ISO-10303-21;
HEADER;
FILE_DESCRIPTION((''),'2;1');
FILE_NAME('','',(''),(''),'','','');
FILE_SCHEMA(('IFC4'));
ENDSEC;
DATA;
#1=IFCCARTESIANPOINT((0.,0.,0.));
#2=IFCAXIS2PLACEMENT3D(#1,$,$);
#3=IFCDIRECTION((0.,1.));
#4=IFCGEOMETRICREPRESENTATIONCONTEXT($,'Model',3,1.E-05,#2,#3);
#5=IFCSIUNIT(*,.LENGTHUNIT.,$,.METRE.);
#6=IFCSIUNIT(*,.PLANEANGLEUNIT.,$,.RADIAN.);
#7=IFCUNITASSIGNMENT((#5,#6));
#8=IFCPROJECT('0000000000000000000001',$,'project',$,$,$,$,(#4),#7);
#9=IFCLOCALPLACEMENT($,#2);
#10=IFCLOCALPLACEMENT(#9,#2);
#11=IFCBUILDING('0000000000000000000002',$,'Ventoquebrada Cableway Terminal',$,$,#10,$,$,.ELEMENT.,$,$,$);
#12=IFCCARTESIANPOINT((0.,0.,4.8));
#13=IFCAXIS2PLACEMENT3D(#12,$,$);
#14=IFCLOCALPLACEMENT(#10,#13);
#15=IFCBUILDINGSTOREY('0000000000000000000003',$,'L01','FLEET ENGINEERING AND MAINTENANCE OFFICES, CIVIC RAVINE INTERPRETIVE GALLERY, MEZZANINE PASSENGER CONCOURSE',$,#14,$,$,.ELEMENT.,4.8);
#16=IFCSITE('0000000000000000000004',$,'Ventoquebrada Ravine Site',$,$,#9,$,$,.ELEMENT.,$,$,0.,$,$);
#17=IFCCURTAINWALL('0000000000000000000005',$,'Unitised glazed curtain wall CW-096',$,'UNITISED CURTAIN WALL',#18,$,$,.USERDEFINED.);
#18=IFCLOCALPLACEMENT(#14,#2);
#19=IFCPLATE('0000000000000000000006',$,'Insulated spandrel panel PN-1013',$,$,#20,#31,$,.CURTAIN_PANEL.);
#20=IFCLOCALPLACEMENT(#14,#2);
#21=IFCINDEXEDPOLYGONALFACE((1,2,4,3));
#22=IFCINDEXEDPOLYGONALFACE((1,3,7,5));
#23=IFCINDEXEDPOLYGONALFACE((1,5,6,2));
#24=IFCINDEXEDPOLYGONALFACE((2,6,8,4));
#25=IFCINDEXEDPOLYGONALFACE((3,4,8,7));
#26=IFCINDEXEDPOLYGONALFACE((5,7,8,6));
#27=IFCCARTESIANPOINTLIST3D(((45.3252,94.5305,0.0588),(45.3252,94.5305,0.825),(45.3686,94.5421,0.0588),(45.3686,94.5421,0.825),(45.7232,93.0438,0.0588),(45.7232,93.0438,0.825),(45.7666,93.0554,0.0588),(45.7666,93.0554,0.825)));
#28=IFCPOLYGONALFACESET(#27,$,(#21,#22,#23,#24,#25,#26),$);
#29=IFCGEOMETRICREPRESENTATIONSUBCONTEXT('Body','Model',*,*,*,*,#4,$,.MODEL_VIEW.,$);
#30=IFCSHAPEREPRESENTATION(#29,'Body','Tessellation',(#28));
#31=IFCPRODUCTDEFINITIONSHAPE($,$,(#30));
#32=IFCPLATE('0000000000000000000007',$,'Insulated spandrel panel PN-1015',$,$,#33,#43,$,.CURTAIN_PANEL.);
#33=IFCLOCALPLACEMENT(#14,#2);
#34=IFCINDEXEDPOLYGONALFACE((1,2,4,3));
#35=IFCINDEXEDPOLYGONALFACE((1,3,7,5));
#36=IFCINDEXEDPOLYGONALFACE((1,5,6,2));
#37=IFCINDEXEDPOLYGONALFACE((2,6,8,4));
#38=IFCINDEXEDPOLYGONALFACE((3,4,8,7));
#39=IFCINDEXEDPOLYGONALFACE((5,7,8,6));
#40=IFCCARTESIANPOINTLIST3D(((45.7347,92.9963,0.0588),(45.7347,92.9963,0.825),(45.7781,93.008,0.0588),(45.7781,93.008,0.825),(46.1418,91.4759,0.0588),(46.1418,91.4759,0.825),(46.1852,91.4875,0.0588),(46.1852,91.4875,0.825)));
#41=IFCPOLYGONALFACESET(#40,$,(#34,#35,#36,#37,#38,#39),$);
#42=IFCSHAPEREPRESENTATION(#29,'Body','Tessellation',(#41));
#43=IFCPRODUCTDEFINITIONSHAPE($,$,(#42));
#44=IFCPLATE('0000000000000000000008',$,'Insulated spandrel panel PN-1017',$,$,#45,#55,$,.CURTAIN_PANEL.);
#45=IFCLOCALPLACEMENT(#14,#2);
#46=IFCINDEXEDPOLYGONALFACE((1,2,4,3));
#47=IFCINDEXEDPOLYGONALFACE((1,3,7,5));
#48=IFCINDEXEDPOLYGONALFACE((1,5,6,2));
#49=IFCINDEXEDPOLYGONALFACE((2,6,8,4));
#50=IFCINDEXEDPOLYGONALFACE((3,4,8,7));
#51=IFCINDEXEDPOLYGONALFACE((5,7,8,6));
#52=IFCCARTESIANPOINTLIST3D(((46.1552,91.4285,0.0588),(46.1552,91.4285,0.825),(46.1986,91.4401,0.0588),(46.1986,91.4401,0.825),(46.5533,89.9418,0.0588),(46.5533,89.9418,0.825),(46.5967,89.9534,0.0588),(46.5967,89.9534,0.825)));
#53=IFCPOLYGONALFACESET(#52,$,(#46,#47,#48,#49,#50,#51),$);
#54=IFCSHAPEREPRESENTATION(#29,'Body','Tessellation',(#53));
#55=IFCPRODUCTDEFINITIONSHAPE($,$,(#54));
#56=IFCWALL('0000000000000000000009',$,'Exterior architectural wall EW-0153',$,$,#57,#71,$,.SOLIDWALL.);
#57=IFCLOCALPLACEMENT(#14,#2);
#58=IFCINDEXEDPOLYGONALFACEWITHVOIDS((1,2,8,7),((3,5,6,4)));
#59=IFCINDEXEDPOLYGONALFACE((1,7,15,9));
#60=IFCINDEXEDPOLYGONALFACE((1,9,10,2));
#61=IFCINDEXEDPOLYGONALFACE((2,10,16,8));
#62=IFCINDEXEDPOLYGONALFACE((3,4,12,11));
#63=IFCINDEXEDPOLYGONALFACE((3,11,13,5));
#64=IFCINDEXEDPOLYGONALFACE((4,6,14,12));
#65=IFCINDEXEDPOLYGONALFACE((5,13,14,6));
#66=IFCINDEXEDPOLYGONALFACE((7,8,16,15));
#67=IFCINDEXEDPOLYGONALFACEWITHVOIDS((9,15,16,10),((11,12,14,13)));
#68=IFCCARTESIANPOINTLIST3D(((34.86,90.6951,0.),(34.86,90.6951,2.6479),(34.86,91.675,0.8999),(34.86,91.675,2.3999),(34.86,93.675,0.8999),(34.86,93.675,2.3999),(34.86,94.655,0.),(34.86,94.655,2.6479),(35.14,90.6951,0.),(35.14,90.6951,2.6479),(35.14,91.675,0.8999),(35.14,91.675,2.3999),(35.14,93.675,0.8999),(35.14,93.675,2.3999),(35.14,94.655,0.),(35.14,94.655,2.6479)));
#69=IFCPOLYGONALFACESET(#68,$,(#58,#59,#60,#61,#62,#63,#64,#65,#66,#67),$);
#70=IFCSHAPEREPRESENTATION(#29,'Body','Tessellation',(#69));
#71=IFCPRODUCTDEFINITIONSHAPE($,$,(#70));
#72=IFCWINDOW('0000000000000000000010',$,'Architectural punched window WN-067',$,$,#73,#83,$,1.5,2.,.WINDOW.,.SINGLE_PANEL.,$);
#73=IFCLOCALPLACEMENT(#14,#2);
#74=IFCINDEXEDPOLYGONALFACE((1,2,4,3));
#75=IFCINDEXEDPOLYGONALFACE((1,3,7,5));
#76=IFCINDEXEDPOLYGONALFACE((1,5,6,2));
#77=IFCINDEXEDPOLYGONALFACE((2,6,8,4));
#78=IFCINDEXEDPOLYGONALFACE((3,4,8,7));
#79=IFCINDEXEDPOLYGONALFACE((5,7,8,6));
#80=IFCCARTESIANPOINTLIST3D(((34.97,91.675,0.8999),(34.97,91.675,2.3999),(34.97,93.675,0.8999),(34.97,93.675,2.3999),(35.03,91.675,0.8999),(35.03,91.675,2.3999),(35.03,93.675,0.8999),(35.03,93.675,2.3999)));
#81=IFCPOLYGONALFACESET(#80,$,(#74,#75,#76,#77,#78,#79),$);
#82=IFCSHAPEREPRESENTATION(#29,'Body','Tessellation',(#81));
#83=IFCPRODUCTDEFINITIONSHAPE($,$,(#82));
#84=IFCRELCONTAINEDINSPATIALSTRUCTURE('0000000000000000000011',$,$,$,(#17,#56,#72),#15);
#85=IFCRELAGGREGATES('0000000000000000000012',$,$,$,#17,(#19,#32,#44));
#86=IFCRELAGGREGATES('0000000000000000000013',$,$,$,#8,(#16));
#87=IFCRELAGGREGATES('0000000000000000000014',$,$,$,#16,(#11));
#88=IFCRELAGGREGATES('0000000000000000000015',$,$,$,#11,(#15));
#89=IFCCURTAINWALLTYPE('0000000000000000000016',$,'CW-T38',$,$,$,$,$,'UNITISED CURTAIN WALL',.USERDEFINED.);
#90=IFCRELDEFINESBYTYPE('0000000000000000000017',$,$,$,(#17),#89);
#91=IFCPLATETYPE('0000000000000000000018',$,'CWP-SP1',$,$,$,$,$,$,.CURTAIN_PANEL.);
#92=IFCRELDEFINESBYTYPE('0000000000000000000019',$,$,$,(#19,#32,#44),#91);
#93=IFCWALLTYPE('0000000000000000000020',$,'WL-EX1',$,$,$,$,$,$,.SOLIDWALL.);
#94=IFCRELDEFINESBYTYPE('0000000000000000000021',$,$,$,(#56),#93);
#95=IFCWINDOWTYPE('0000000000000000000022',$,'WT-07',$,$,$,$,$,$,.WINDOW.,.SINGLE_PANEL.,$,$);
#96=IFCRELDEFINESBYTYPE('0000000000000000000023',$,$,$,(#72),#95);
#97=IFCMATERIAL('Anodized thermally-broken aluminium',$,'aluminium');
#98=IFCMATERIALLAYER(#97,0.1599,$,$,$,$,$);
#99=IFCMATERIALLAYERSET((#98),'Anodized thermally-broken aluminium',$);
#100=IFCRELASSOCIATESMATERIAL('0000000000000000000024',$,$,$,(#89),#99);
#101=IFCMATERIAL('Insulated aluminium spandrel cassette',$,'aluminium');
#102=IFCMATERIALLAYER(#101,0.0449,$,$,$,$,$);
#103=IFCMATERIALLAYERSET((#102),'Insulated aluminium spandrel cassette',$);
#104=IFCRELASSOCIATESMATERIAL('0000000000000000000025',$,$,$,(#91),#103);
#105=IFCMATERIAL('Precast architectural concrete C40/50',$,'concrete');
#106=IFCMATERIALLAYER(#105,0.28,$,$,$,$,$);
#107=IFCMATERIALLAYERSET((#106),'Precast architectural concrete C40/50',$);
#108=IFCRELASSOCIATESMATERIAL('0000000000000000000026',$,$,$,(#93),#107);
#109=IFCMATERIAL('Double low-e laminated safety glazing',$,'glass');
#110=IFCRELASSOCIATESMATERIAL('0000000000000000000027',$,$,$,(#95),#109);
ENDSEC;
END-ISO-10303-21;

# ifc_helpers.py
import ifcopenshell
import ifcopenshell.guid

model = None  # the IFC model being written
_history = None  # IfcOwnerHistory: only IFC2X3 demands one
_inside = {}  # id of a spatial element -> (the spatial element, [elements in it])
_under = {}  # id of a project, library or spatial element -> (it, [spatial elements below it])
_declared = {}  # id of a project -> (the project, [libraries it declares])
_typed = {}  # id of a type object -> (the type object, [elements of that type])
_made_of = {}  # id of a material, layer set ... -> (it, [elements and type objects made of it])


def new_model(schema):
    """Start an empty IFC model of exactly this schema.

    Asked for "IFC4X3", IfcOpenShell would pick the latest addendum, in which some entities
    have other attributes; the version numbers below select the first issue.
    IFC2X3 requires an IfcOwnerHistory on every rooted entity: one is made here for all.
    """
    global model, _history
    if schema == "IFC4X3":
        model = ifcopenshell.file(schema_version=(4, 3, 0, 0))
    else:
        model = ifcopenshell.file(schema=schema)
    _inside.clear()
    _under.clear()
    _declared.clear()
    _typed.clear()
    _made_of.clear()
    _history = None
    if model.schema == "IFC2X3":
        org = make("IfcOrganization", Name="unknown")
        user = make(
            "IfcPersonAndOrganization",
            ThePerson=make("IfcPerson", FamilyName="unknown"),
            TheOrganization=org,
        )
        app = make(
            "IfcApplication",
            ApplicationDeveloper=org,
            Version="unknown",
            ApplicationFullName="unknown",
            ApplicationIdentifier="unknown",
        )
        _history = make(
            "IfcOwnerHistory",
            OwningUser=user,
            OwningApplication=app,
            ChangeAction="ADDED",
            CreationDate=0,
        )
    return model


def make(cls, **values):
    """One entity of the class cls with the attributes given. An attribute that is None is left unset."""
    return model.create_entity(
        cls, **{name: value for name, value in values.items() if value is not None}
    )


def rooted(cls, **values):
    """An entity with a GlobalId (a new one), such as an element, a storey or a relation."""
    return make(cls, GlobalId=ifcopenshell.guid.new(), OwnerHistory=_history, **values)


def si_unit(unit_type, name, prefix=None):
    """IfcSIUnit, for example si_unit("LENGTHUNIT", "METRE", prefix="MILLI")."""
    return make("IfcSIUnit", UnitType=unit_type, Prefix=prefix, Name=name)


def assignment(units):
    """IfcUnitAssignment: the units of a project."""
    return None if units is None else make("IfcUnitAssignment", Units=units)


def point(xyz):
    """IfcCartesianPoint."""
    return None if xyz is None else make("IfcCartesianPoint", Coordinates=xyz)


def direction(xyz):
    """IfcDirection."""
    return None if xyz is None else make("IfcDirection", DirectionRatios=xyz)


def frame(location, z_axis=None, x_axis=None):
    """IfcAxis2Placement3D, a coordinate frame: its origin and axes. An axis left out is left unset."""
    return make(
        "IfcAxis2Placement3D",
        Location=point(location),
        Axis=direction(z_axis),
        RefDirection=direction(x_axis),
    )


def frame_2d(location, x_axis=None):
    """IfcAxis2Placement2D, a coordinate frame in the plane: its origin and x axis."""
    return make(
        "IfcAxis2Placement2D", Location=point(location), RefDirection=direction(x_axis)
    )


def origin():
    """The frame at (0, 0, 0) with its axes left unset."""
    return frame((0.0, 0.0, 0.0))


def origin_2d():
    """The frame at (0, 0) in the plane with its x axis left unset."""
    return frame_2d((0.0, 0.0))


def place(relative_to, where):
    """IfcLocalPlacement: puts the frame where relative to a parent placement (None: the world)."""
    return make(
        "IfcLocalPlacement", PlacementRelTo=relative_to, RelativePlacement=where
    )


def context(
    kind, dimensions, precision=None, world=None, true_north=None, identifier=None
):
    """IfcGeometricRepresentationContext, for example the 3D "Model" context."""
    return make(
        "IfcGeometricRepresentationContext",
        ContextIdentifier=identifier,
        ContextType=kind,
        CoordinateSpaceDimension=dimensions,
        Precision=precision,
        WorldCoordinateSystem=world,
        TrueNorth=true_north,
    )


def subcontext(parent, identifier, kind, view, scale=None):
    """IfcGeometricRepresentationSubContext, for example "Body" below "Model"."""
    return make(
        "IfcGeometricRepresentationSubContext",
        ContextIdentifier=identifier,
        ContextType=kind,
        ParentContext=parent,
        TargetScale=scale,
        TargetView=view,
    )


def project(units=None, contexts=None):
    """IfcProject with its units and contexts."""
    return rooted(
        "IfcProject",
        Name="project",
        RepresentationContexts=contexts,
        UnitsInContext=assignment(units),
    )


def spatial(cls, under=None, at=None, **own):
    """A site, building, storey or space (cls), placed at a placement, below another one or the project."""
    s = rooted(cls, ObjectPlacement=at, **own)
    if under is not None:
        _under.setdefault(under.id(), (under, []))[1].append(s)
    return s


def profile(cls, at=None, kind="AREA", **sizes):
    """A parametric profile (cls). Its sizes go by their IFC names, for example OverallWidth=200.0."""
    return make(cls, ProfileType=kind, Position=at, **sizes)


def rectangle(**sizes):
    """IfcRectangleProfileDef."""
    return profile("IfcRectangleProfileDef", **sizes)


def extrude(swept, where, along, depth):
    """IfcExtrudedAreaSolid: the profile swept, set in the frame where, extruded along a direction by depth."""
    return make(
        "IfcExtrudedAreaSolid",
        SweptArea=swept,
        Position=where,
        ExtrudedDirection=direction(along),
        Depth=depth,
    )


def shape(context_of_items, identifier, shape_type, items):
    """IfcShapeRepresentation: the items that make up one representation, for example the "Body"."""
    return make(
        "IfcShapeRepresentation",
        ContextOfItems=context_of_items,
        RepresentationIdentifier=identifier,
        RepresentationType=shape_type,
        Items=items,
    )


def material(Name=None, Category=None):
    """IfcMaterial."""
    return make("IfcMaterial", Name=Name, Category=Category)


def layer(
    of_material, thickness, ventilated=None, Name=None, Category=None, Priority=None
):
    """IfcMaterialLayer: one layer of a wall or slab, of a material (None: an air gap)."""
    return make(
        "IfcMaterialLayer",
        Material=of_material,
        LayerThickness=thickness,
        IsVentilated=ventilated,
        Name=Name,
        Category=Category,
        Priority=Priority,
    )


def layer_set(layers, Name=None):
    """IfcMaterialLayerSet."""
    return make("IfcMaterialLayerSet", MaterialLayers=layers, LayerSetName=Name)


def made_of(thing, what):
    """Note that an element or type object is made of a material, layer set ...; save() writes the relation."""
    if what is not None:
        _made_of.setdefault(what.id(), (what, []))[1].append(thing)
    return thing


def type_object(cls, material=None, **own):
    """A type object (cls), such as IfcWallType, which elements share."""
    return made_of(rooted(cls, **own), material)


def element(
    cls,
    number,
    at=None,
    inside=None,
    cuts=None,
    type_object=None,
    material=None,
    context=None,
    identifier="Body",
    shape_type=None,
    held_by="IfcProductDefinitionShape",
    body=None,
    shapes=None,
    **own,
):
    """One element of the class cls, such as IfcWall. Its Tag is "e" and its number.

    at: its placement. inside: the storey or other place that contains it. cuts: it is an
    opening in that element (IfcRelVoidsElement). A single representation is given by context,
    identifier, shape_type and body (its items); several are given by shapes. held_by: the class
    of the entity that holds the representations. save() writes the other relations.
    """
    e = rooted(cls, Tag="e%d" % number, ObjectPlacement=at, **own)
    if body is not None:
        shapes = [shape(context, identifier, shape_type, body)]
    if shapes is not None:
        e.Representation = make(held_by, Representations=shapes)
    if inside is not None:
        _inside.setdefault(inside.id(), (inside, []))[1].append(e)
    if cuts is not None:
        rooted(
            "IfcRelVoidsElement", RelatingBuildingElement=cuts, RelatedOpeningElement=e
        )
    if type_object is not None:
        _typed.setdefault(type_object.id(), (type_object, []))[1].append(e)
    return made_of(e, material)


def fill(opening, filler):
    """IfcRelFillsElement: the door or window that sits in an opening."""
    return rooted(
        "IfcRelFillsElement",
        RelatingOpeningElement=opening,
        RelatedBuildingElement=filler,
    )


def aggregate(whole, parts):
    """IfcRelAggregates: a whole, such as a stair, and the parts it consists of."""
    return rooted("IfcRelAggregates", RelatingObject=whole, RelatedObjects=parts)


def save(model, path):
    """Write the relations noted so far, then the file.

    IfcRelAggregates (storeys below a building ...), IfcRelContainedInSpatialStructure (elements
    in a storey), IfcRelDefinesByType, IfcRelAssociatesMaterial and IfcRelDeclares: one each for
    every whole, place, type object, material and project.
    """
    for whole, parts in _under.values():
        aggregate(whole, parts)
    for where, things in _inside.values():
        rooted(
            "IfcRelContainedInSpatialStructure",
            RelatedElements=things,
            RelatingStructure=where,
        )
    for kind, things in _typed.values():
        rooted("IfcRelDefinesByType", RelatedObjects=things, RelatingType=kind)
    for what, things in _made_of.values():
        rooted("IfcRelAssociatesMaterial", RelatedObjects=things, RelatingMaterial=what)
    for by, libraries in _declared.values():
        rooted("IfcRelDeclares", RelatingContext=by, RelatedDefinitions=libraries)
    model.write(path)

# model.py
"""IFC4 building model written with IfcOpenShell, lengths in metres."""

from ifc_helpers import new_model, si_unit, direction, frame, frame_2d, origin, origin_2d, place, context, subcontext, project, spatial, rectangle, extrude, material, layer, layer_set, type_object, element, fill, aggregate, save


model = new_model("IFC4")

# Units and contexts
model_context = context("Model", 3, precision=1e-05, world=origin(), true_north=direction((0.0, 1.0)))
body_context = subcontext(model_context, "Body", "Model", "MODEL_VIEW")
ifc_project = project(units=[si_unit("LENGTHUNIT", "METRE"), si_unit("PLANEANGLEUNIT", "RADIAN")], contexts=[model_context])

# Site, building, storey
site_placement = place(None, origin())
site = spatial("IfcSite", under=ifc_project, at=site_placement, Name="Ventoquebrada Ravine Site", CompositionType="ELEMENT", RefElevation=0.0)
building_placement = place(site_placement, origin())
building = spatial("IfcBuilding", under=site, at=building_placement, Name="Ventoquebrada Cableway Terminal", CompositionType="ELEMENT")
storey_placement = place(building_placement, frame((0.0, 0.0, 4.8)))
storey = spatial("IfcBuildingStorey", under=building, at=storey_placement, Name="L01", Description="FLEET ENGINEERING AND MAINTENANCE OFFICES, CIVIC RAVINE INTERPRETIVE GALLERY, MEZZANINE PASSENGER CONCOURSE", CompositionType="ELEMENT", Elevation=4.8)

# Shared definitions
ifc_material_1 = material(Name="Anodized thermally-broken aluminium", Category="aluminium")

# Curtain wall
ifc_layer_1 = layer(ifc_material_1, 0.1599)
ifc_layer_set_1 = layer_set([ifc_layer_1], Name="Anodized thermally-broken aluminium")
curtain_wall_type_1 = type_object("IfcCurtainWallType", Name="CW-T38", ElementType="UNITISED CURTAIN WALL", PredefinedType="USERDEFINED", material=ifc_layer_set_1)
curtain_wall_1_placement = place(storey_placement, origin())
curtain_wall_1 = element("IfcCurtainWall", 1, at=curtain_wall_1_placement, inside=storey, type_object=curtain_wall_type_1, Name="Unitised glazed curtain wall CW-096", ObjectType="UNITISED CURTAIN WALL", PredefinedType="USERDEFINED")

# Plates
ifc_material_2 = material(Name="Double low-e laminated safety glazing", Category="glass")
ifc_material_3 = material(Name="Insulated aluminium spandrel cassette", Category="aluminium")
ifc_layer_2 = layer(ifc_material_3, 0.0449)
ifc_layer_set_2 = layer_set([ifc_layer_2], Name="Insulated aluminium spandrel cassette")
plate_type_1 = type_object("IfcPlateType", Name="CWP-SP1", PredefinedType="CURTAIN_PANEL", material=ifc_layer_set_2)
plate_1_placement = place(storey_placement, frame((45.5459, 93.793, 0.0588), z_axis=(0.0, 0.0, 1.0), x_axis=(0.25865, -0.965971, 0.0)))
plate_1 = element("IfcPlate", 2, at=plate_1_placement, type_object=plate_type_1, Name="Insulated spandrel panel PN-1013", PredefinedType="CURTAIN_PANEL", context=body_context, shape_type="SweptSolid", body=[
    extrude(rectangle(XDim=1.5391, YDim=0.0449, at=origin_2d()), origin(), (0.0, 0.0, 1.0), 0.7661),
])
plate_2_placement = place(storey_placement, frame((45.96, 92.2419, 0.0588), z_axis=(0.0, 0.0, 1.0), x_axis=(0.25865, -0.965971, 0.0)))
plate_2 = element("IfcPlate", 3, at=plate_2_placement, type_object=plate_type_1, Name="Insulated spandrel panel PN-1015", PredefinedType="CURTAIN_PANEL", context=body_context, shape_type="SweptSolid", body=[
    extrude(rectangle(XDim=1.574, YDim=0.0449, at=origin_2d()), origin(), (0.0, 0.0, 1.0), 0.7661),
])
plate_3_placement = place(storey_placement, frame((46.376, 90.6909, 0.0588), z_axis=(0.0, 0.0, 1.0), x_axis=(0.25865, -0.965971, 0.0)))
plate_3 = element("IfcPlate", 4, at=plate_3_placement, type_object=plate_type_1, Name="Insulated spandrel panel PN-1017", PredefinedType="CURTAIN_PANEL", context=body_context, shape_type="SweptSolid", body=[
    extrude(rectangle(XDim=1.5391, YDim=0.0449, at=origin_2d()), origin(), (0.0, 0.0, 1.0), 0.7661),
])
aggregate(curtain_wall_1, [plate_1, plate_2, plate_3])

# Wall, opening, window
ifc_material_4 = material(Name="Precast architectural concrete C40/50", Category="concrete")
ifc_layer_3 = layer(ifc_material_4, 0.28)
ifc_layer_set_3 = layer_set([ifc_layer_3], Name="Precast architectural concrete C40/50")
wall_type = type_object("IfcWallType", Name="WL-EX1", PredefinedType="SOLIDWALL", material=ifc_layer_set_3)
wall_placement = place(storey_placement, frame((35.0, 90.6951, 0.0), z_axis=(0.0, 0.0, 1.0), x_axis=(0.0, 1.0, 0.0)))
wall = element("IfcWall", 5, at=wall_placement, inside=storey, type_object=wall_type, Name="Exterior architectural wall EW-0153", PredefinedType="SOLIDWALL", context=body_context, shape_type="SweptSolid", body=[
    extrude(rectangle(XDim=3.96, YDim=0.28, at=frame_2d((1.98, 0.0))), origin(), (0.0, 0.0, 1.0), 2.6479),
])
opening_placement = place(wall_placement, frame((0.98, 0.0, 0.8999)))
opening = element("IfcOpeningElement", 6, at=opening_placement, cuts=wall, PredefinedType="OPENING", context=body_context, shape_type="SweptSolid", body=[
    extrude(rectangle(XDim=2.0, YDim=1.5, at=frame_2d((1.0, 0.75))), frame((0.0, 0.1499, 0.0), z_axis=(0.0, -1.0, 0.0), x_axis=(1.0, 0.0, 0.0)), (0.0, 0.0, 1.0), 0.3),
])
window_type = type_object("IfcWindowType", Name="WT-07", PartitioningType="SINGLE_PANEL", PredefinedType="WINDOW", material=ifc_material_2)
window_placement = place(opening_placement, origin())
window = element("IfcWindow", 7, at=window_placement, inside=storey, type_object=window_type, Name="Architectural punched window WN-067", OverallHeight=1.5, OverallWidth=2.0, PartitioningType="SINGLE_PANEL", PredefinedType="WINDOW", context=body_context, shape_type="SweptSolid", body=[
    extrude(rectangle(XDim=2.0, YDim=1.5, at=frame_2d((1.0, 0.75))), frame((0.0, 0.03, 0.0), z_axis=(0.0, -1.0, 0.0), x_axis=(1.0, 0.0, 0.0)), (0.0, 0.0, 1.0), 0.0601),
])
fill(opening, window)

save(model, "model.ifc")
